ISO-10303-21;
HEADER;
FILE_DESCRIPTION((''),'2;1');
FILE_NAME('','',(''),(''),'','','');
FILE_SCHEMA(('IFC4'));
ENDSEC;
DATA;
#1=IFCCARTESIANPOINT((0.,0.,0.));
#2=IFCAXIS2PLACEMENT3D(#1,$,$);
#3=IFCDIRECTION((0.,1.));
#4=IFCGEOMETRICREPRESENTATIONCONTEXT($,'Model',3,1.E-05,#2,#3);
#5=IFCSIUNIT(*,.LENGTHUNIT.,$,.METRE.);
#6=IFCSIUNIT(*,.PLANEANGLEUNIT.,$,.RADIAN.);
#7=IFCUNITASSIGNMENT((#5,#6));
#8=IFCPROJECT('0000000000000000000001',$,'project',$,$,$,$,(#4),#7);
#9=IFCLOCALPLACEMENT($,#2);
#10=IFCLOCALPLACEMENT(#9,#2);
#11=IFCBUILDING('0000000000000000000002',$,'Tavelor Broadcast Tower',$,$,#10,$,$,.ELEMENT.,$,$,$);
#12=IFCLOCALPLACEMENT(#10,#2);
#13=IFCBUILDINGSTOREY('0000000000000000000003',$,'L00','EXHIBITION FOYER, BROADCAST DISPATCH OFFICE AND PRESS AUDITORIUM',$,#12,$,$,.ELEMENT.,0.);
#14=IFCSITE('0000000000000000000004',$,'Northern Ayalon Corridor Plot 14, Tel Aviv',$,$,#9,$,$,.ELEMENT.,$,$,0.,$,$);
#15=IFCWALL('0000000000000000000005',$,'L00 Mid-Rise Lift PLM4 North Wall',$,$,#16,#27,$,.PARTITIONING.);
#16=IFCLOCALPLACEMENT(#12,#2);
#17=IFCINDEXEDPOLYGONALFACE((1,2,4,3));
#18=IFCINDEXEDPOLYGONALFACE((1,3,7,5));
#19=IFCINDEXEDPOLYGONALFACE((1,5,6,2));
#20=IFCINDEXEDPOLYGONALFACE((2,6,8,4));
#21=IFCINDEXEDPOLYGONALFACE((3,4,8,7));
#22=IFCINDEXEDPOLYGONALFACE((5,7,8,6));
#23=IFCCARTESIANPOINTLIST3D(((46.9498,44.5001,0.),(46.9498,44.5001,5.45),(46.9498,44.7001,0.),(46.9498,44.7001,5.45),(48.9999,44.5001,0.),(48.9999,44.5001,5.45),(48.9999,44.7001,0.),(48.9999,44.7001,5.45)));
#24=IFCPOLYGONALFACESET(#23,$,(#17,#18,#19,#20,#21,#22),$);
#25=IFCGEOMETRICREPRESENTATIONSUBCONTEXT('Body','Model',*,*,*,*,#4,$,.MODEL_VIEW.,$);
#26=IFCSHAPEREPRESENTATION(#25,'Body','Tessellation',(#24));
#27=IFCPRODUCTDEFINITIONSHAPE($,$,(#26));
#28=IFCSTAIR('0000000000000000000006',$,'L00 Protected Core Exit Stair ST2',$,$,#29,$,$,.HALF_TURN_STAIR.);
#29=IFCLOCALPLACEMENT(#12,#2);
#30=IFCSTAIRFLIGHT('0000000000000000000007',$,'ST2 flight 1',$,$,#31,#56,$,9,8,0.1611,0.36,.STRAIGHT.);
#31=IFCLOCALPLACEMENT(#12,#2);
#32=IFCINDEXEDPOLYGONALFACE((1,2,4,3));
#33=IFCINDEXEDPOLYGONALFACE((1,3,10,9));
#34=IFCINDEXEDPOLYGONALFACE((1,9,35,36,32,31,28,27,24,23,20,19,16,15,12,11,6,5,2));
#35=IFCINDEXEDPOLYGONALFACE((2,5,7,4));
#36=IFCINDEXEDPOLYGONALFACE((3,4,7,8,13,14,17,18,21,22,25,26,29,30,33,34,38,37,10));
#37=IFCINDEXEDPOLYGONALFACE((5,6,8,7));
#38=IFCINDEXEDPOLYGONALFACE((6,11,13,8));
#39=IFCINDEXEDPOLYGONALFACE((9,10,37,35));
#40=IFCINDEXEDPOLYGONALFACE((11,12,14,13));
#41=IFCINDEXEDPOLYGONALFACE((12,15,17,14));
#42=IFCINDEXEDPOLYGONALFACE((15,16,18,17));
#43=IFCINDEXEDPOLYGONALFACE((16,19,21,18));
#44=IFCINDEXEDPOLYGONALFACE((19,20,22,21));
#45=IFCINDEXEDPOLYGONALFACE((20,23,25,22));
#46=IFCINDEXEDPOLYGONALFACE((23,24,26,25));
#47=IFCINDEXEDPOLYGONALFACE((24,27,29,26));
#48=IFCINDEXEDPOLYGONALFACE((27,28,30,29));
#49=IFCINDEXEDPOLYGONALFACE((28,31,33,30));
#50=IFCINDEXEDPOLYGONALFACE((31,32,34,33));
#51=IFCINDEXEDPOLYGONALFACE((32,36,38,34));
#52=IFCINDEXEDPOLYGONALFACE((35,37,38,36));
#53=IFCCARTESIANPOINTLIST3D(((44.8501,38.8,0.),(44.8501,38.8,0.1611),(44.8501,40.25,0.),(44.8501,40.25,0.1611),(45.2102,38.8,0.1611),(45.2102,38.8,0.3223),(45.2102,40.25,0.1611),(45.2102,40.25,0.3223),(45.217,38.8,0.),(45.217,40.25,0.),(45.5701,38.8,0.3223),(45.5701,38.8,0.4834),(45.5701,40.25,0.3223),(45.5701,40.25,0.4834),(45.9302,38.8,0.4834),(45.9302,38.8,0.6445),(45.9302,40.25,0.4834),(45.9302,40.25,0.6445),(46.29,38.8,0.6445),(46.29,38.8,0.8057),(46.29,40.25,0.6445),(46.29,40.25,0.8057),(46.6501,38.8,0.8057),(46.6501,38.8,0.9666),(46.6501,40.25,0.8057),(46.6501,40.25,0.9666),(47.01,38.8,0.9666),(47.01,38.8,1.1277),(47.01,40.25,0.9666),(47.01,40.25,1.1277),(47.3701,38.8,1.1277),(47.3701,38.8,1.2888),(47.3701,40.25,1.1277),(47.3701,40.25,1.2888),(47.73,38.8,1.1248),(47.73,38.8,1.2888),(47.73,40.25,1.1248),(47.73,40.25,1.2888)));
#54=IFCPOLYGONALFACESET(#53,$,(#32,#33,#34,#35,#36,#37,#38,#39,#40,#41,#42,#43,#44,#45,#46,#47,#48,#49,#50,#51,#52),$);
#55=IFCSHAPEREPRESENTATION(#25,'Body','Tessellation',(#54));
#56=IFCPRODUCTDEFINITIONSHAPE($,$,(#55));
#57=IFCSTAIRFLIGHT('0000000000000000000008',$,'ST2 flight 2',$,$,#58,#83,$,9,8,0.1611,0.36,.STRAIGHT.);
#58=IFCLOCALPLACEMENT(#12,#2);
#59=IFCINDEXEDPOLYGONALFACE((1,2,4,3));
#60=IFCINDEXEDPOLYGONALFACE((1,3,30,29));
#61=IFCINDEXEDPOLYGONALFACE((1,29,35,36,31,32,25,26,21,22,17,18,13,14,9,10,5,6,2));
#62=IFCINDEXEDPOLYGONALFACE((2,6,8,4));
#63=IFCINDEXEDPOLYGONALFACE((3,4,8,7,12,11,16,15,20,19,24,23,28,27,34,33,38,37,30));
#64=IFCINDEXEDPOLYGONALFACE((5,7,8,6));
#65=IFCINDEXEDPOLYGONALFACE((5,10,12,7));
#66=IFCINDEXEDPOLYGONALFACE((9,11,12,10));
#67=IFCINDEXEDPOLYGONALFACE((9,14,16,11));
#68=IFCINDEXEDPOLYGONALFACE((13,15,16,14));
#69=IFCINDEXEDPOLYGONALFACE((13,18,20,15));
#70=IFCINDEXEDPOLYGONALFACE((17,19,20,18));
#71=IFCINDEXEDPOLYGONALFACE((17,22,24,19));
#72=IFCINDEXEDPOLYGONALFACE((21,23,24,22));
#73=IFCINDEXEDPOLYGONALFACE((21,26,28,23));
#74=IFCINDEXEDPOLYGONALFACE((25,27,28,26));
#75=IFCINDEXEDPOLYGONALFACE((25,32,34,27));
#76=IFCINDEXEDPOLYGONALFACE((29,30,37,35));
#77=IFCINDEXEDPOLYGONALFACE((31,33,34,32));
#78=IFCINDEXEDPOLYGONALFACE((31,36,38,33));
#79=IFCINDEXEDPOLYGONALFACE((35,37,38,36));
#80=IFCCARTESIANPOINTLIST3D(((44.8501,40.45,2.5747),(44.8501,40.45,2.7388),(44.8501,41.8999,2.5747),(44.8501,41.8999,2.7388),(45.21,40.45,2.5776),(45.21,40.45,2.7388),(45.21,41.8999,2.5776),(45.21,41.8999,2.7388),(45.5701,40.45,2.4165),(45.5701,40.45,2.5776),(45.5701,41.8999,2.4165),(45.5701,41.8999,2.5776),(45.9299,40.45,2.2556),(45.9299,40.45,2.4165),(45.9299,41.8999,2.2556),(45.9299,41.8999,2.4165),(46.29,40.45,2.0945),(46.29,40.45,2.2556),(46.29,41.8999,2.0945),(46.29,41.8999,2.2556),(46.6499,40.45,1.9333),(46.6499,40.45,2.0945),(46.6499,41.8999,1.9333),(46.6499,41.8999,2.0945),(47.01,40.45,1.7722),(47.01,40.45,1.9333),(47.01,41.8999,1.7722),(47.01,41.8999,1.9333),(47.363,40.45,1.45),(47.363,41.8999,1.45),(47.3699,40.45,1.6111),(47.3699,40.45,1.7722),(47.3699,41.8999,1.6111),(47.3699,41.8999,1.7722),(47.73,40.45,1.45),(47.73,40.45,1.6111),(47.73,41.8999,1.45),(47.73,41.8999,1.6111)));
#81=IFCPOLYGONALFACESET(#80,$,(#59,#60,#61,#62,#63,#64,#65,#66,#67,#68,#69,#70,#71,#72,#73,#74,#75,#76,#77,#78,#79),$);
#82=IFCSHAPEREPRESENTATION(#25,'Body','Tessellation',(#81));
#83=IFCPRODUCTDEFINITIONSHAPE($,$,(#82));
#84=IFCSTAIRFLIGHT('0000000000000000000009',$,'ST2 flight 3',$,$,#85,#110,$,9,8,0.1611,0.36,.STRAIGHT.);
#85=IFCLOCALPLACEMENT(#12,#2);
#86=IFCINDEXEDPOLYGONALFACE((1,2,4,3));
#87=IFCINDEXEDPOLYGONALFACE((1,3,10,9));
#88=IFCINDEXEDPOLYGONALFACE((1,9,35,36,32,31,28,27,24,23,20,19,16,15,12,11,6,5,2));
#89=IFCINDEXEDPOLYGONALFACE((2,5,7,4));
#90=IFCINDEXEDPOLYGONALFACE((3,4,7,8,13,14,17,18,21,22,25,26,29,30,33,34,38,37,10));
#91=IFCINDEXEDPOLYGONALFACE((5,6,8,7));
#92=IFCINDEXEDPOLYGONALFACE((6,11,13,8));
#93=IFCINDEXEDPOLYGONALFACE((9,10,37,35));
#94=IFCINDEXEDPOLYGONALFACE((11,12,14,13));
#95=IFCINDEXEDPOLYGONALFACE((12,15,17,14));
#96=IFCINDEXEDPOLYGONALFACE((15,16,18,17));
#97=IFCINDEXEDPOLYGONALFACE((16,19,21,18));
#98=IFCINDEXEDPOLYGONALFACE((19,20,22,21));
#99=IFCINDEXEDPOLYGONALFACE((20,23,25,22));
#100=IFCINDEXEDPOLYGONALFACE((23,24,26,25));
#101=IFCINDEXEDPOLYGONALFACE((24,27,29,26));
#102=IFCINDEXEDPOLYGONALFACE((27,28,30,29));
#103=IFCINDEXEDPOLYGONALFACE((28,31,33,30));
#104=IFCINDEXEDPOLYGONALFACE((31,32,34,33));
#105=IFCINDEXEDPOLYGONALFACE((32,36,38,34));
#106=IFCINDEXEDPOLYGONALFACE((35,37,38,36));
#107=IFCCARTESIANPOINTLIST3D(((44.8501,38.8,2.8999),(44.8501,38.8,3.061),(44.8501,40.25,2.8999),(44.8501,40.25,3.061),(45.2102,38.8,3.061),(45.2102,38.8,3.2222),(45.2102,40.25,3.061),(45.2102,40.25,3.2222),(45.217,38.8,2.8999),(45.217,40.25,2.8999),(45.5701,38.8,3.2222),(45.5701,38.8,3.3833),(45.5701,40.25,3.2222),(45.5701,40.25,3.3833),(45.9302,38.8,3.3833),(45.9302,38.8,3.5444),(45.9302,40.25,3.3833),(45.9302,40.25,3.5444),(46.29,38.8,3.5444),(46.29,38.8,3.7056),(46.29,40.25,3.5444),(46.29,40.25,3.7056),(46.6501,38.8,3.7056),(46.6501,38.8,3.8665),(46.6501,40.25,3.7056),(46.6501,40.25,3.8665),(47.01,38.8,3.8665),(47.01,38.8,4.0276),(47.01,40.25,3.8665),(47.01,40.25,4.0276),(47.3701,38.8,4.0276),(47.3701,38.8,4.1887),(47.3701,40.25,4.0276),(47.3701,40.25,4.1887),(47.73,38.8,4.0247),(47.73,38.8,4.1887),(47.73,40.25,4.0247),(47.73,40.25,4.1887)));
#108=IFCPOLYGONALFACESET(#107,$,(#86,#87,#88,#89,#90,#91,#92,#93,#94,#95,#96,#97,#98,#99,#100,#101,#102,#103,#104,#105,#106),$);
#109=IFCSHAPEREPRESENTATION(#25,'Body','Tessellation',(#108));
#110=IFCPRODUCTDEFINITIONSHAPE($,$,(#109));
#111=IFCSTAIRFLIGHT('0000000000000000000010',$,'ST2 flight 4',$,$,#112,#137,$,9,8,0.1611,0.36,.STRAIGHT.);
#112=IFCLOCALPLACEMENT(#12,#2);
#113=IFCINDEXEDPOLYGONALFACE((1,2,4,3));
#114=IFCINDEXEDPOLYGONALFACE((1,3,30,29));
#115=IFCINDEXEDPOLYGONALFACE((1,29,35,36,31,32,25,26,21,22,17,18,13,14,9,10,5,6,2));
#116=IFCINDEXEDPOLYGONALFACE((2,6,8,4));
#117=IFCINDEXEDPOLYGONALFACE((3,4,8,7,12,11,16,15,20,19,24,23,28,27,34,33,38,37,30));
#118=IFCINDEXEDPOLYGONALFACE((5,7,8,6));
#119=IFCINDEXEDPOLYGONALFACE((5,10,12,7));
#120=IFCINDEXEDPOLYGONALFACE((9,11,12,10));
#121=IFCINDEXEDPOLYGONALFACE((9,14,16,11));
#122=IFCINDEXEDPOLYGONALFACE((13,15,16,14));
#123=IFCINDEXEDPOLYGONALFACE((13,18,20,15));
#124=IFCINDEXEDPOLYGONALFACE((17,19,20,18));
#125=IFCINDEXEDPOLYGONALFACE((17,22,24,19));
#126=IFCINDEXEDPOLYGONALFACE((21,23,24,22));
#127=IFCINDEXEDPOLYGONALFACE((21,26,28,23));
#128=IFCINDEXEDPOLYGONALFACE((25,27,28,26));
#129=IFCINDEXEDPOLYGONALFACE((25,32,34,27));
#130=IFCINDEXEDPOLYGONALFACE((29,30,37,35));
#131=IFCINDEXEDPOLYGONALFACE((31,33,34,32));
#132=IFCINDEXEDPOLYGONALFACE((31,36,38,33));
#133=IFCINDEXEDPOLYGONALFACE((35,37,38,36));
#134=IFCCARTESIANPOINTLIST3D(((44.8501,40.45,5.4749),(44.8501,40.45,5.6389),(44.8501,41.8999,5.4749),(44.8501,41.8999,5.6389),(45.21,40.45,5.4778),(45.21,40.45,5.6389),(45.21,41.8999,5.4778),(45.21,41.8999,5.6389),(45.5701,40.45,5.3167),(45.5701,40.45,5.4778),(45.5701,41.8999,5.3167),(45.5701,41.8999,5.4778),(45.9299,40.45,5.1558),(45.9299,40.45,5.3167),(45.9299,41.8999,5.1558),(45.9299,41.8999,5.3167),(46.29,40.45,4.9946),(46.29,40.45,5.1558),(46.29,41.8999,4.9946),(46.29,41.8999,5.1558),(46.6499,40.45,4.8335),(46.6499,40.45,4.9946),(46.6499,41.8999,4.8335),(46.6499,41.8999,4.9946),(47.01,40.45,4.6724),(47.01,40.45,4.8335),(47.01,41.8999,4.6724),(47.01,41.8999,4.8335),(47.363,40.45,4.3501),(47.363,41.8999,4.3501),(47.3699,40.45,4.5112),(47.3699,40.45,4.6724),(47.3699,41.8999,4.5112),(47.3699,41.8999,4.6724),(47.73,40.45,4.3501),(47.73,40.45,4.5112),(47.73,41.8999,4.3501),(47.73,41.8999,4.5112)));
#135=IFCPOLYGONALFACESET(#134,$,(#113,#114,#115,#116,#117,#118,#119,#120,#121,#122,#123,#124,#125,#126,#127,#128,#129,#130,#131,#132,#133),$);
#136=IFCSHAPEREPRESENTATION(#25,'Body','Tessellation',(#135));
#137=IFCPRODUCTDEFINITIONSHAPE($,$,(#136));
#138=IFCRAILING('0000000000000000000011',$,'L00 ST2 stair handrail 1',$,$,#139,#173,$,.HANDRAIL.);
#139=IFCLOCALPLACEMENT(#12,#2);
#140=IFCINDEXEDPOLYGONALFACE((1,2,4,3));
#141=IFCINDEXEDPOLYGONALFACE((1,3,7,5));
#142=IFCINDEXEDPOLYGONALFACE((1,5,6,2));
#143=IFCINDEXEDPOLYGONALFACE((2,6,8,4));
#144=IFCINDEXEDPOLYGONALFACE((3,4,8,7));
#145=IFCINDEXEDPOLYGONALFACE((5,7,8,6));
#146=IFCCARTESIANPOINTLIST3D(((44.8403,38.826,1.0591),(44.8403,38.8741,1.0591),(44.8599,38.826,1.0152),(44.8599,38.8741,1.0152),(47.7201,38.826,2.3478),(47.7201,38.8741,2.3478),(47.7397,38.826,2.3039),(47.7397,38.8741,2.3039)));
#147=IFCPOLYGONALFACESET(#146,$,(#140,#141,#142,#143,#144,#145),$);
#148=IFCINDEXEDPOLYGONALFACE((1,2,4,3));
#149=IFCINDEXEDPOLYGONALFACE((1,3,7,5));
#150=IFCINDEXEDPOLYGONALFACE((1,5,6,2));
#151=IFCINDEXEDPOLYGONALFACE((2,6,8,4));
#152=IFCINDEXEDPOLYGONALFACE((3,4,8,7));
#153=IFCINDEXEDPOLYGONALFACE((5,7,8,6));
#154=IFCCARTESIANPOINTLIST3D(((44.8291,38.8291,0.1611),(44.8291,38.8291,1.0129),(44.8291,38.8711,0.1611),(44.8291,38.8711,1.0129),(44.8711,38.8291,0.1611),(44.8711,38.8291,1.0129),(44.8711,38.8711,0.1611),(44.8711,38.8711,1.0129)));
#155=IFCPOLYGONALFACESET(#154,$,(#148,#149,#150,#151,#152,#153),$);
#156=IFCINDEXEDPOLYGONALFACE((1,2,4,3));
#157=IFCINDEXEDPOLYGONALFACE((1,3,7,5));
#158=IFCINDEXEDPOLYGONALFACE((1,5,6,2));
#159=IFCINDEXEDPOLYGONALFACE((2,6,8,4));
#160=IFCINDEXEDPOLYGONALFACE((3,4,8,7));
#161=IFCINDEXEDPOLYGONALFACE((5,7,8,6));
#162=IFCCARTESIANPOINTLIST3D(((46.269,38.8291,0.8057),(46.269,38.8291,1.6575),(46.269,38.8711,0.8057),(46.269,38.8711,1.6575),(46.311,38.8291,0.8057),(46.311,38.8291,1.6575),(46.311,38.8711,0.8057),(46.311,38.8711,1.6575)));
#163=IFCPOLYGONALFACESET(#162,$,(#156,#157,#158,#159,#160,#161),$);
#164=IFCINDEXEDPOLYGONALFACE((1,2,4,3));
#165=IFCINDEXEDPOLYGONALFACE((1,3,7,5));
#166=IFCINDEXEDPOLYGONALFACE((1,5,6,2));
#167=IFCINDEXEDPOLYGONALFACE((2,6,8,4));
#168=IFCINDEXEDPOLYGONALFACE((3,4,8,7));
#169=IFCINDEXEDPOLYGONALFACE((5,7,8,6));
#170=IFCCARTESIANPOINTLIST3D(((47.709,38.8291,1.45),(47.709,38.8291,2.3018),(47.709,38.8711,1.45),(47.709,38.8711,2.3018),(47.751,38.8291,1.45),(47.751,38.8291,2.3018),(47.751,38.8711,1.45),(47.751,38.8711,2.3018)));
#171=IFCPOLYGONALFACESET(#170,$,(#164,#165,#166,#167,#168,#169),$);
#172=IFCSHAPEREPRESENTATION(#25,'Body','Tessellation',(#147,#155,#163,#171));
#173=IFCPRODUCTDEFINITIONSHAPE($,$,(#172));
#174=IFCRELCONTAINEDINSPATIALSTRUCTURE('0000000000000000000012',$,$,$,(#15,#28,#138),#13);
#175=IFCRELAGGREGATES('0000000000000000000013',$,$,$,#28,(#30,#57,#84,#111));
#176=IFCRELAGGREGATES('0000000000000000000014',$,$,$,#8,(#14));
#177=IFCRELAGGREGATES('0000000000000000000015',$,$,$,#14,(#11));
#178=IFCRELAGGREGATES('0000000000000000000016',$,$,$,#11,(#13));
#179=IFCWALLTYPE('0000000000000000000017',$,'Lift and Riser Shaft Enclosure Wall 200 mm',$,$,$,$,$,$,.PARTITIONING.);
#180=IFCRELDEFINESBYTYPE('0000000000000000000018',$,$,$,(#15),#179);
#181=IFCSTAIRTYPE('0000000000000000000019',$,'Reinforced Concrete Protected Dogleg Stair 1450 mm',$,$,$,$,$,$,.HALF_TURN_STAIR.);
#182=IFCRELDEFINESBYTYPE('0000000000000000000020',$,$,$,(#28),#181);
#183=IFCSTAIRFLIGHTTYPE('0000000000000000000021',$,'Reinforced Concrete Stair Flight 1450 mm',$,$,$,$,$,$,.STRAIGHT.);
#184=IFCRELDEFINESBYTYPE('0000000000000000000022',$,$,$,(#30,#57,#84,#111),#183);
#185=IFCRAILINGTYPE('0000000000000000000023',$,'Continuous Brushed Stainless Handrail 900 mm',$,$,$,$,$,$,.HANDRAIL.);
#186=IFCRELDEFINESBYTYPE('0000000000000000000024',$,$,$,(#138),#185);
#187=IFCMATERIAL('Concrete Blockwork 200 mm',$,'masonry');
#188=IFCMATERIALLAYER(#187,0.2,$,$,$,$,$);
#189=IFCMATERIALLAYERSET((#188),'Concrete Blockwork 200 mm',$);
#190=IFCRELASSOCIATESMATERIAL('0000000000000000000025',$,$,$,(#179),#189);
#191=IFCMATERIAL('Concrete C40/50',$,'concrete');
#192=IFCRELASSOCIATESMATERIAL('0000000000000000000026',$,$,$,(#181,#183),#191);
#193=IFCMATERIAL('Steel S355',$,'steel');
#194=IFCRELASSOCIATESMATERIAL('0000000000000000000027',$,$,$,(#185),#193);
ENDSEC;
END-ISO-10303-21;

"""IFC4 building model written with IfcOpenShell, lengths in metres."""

from ifc_helpers import new_model, si_unit, direction, frame, frame_2d, origin, origin_2d, place, context, subcontext, project, spatial, polyline, rectangle, outline, extrude, material, layer, layer_set, type_object, element, aggregate, save


model = new_model("IFC4")

# Units and contexts
model_context = context("Model", 3, precision=1e-05, world=origin(), true_north=direction((0.0, 1.0)))
body_context = subcontext(model_context, "Body", "Model", "MODEL_VIEW")
ifc_project = project(units=[si_unit("LENGTHUNIT", "METRE"), si_unit("PLANEANGLEUNIT", "RADIAN")], contexts=[model_context])

# Site, building, storey
site_placement = place(None, origin())
site = spatial("IfcSite", under=ifc_project, at=site_placement, Name="Northern Ayalon Corridor Plot 14, Tel Aviv", CompositionType="ELEMENT", RefElevation=0.0)
building_placement = place(site_placement, origin())
building = spatial("IfcBuilding", under=site, at=building_placement, Name="Tavelor Broadcast Tower", CompositionType="ELEMENT")
storey_placement = place(building_placement, origin())
storey = spatial("IfcBuildingStorey", under=building, at=storey_placement, Name="L00", Description="EXHIBITION FOYER, BROADCAST DISPATCH OFFICE AND PRESS AUDITORIUM", CompositionType="ELEMENT", Elevation=0.0)

# Shared definitions
ifc_material_1 = material(Name="Steel S355", Category="steel")

# Wall
ifc_material_2 = material(Name="Concrete Blockwork 200 mm", Category="masonry")
ifc_layer_1 = layer(ifc_material_2, 0.2)
ifc_layer_set_1 = layer_set([ifc_layer_1], Name="Concrete Blockwork 200 mm")
wall_type_1 = type_object("IfcWallType", Name="Lift and Riser Shaft Enclosure Wall 200 mm", PredefinedType="PARTITIONING", material=ifc_layer_set_1)
wall_1_placement = place(storey_placement, frame((46.95, 44.6001, 0.0), z_axis=(0.0, 0.0, 1.0), x_axis=(1.0, 0.0, 0.0)))
element("IfcWall", 1, at=wall_1_placement, inside=storey, type_object=wall_type_1, Name="L00 Mid-Rise Lift PLM4 North Wall", PredefinedType="PARTITIONING", context=body_context, shape_type="SweptSolid", body=[
    extrude(rectangle(XDim=2.05, YDim=0.2, at=frame_2d((1.0249, 0.0))), origin(), (0.0, 0.0, 1.0), 5.45),
])

# Stair, stair flights
ifc_material_3 = material(Name="Concrete C40/50", Category="concrete")
stair_type = type_object("IfcStairType", Name="Reinforced Concrete Protected Dogleg Stair 1450 mm", PredefinedType="HALF_TURN_STAIR", material=ifc_material_3)
stair_placement = place(storey_placement, origin())
stair = element("IfcStair", 2, at=stair_placement, inside=storey, type_object=stair_type, Name="L00 Protected Core Exit Stair ST2", PredefinedType="HALF_TURN_STAIR")
stair_flight_type = type_object("IfcStairFlightType", Name="Reinforced Concrete Stair Flight 1450 mm", PredefinedType="STRAIGHT", material=ifc_material_3)
stair_flight_1_placement = place(storey_placement, frame((44.8501, 39.5249, 0.0), z_axis=(0.0, 0.0, 1.0), x_axis=(1.0, 0.0, 0.0)))
stair_flight_1 = element("IfcStairFlight", 3, at=stair_flight_1_placement, type_object=stair_flight_type, Name="ST2 flight 1", NumberOfRisers=9, NumberOfTreads=8, PredefinedType="STRAIGHT", RiserHeight=0.1611, TreadLength=0.36, context=body_context, shape_type="SweptSolid", body=[
    extrude(outline(polyline([(0.0, 0.0), (0.0, 0.1611), (0.3601, 0.1611), (0.3601, 0.3223), (0.72, 0.3223), (0.72, 0.4834), (1.0801, 0.4834), (1.0801, 0.6445), (1.4399, 0.6445), (1.4399, 0.8057), (1.8, 0.8057), (1.8, 0.9666), (2.1599, 0.9666), (2.1599, 1.1277), (2.52, 1.1277), (2.52, 1.2888), (2.8799, 1.2888), (2.8799, 1.45), (2.8799, 1.1248), (0.3669, 0.0), (0.0, 0.0)])), frame((0.0, 0.7251, 0.0), z_axis=(0.0, -1.0, 0.0), x_axis=(1.0, 0.0, 0.0)), (0.0, 0.0, 1.0), 1.45),
])
stair_flight_2_placement = place(storey_placement, frame((47.73, 41.175, 1.45), z_axis=(0.0, 0.0, 1.0), x_axis=(-1.0, 0.0, 0.0)))
stair_flight_2 = element("IfcStairFlight", 4, at=stair_flight_2_placement, type_object=stair_flight_type, Name="ST2 flight 2", NumberOfRisers=9, NumberOfTreads=8, PredefinedType="STRAIGHT", RiserHeight=0.1611, TreadLength=0.36, context=body_context, shape_type="SweptSolid", body=[
    extrude(outline(polyline([(0.0, 0.0), (0.0, 0.1611), (0.3601, 0.1611), (0.3601, 0.3223), (0.72, 0.3223), (0.72, 0.4834), (1.0801, 0.4834), (1.0801, 0.6445), (1.4399, 0.6445), (1.4399, 0.8057), (1.8, 0.8057), (1.8, 0.9666), (2.1599, 0.9666), (2.1599, 1.1277), (2.52, 1.1277), (2.52, 1.2888), (2.8799, 1.2888), (2.8799, 1.45), (2.8799, 1.1248), (0.3669, 0.0), (0.0, 0.0)])), frame((0.0, 0.7251, 0.0), z_axis=(0.0, -1.0, 0.0), x_axis=(1.0, 0.0, 0.0)), (0.0, 0.0, 1.0), 1.45),
])
stair_flight_3_placement = place(storey_placement, frame((44.8501, 39.5249, 2.8999), z_axis=(0.0, 0.0, 1.0), x_axis=(1.0, 0.0, 0.0)))
stair_flight_3 = element("IfcStairFlight", 5, at=stair_flight_3_placement, type_object=stair_flight_type, Name="ST2 flight 3", NumberOfRisers=9, NumberOfTreads=8, PredefinedType="STRAIGHT", RiserHeight=0.1611, TreadLength=0.36, context=body_context, shape_type="SweptSolid", body=[
    extrude(outline(polyline([(0.0, 0.0), (0.0, 0.1611), (0.3601, 0.1611), (0.3601, 0.3223), (0.72, 0.3223), (0.72, 0.4834), (1.0801, 0.4834), (1.0801, 0.6445), (1.4399, 0.6445), (1.4399, 0.8057), (1.8, 0.8057), (1.8, 0.9666), (2.1599, 0.9666), (2.1599, 1.1277), (2.52, 1.1277), (2.52, 1.2888), (2.8799, 1.2888), (2.8799, 1.45), (2.8799, 1.1248), (0.3669, 0.0), (0.0, 0.0)])), frame((0.0, 0.7251, 0.0), z_axis=(0.0, -1.0, 0.0), x_axis=(1.0, 0.0, 0.0)), (0.0, 0.0, 1.0), 1.45),
])
stair_flight_4_placement = place(storey_placement, frame((47.73, 41.175, 4.3501), z_axis=(0.0, 0.0, 1.0), x_axis=(-1.0, 0.0, 0.0)))
stair_flight_4 = element("IfcStairFlight", 6, at=stair_flight_4_placement, type_object=stair_flight_type, Name="ST2 flight 4", NumberOfRisers=9, NumberOfTreads=8, PredefinedType="STRAIGHT", RiserHeight=0.1611, TreadLength=0.36, context=body_context, shape_type="SweptSolid", body=[
    extrude(outline(polyline([(0.0, 0.0), (0.0, 0.1611), (0.3601, 0.1611), (0.3601, 0.3223), (0.72, 0.3223), (0.72, 0.4834), (1.0801, 0.4834), (1.0801, 0.6445), (1.4399, 0.6445), (1.4399, 0.8057), (1.8, 0.8057), (1.8, 0.9666), (2.1599, 0.9666), (2.1599, 1.1277), (2.52, 1.1277), (2.52, 1.2888), (2.8799, 1.2888), (2.8799, 1.45), (2.8799, 1.1248), (0.3669, 0.0), (0.0, 0.0)])), frame((0.0, 0.7251, 0.0), z_axis=(0.0, -1.0, 0.0), x_axis=(1.0, 0.0, 0.0)), (0.0, 0.0, 1.0), 1.45),
])
aggregate(stair, [stair_flight_1, stair_flight_2, stair_flight_3, stair_flight_4])

# Railing
railing_type_1 = type_object("IfcRailingType", Name="Continuous Brushed Stainless Handrail 900 mm", PredefinedType="HANDRAIL", material=ifc_material_1)
railing_1_placement = place(storey_placement, frame((44.8501, 38.8501, 0.1611)))
element("IfcRailing", 7, at=railing_1_placement, inside=storey, type_object=railing_type_1, Name="L00 ST2 stair handrail 1", PredefinedType="HANDRAIL", context=body_context, shape_type="SweptSolid", body=[
    extrude(rectangle(XDim=0.0481, YDim=0.0481, at=origin_2d()), frame((0.0, 0.0, 0.876), z_axis=(0.912765, 0.0, 0.408485), x_axis=(0.0, 1.0, 0.0)), (0.0, 0.0, 1.0), 3.155),
    extrude(rectangle(XDim=0.042, YDim=0.042, at=origin_2d()), origin(), (0.0, 0.0, 1.0), 0.8518),
    extrude(rectangle(XDim=0.042, YDim=0.042, at=origin_2d()), frame((1.4399, 0.0, 0.6445)), (0.0, 0.0, 1.0), 0.8518),
    extrude(rectangle(XDim=0.042, YDim=0.042, at=origin_2d()), frame((2.8799, 0.0, 1.2888)), (0.0, 0.0, 1.0), 0.8518),
])

save(model, "model.ifc")
